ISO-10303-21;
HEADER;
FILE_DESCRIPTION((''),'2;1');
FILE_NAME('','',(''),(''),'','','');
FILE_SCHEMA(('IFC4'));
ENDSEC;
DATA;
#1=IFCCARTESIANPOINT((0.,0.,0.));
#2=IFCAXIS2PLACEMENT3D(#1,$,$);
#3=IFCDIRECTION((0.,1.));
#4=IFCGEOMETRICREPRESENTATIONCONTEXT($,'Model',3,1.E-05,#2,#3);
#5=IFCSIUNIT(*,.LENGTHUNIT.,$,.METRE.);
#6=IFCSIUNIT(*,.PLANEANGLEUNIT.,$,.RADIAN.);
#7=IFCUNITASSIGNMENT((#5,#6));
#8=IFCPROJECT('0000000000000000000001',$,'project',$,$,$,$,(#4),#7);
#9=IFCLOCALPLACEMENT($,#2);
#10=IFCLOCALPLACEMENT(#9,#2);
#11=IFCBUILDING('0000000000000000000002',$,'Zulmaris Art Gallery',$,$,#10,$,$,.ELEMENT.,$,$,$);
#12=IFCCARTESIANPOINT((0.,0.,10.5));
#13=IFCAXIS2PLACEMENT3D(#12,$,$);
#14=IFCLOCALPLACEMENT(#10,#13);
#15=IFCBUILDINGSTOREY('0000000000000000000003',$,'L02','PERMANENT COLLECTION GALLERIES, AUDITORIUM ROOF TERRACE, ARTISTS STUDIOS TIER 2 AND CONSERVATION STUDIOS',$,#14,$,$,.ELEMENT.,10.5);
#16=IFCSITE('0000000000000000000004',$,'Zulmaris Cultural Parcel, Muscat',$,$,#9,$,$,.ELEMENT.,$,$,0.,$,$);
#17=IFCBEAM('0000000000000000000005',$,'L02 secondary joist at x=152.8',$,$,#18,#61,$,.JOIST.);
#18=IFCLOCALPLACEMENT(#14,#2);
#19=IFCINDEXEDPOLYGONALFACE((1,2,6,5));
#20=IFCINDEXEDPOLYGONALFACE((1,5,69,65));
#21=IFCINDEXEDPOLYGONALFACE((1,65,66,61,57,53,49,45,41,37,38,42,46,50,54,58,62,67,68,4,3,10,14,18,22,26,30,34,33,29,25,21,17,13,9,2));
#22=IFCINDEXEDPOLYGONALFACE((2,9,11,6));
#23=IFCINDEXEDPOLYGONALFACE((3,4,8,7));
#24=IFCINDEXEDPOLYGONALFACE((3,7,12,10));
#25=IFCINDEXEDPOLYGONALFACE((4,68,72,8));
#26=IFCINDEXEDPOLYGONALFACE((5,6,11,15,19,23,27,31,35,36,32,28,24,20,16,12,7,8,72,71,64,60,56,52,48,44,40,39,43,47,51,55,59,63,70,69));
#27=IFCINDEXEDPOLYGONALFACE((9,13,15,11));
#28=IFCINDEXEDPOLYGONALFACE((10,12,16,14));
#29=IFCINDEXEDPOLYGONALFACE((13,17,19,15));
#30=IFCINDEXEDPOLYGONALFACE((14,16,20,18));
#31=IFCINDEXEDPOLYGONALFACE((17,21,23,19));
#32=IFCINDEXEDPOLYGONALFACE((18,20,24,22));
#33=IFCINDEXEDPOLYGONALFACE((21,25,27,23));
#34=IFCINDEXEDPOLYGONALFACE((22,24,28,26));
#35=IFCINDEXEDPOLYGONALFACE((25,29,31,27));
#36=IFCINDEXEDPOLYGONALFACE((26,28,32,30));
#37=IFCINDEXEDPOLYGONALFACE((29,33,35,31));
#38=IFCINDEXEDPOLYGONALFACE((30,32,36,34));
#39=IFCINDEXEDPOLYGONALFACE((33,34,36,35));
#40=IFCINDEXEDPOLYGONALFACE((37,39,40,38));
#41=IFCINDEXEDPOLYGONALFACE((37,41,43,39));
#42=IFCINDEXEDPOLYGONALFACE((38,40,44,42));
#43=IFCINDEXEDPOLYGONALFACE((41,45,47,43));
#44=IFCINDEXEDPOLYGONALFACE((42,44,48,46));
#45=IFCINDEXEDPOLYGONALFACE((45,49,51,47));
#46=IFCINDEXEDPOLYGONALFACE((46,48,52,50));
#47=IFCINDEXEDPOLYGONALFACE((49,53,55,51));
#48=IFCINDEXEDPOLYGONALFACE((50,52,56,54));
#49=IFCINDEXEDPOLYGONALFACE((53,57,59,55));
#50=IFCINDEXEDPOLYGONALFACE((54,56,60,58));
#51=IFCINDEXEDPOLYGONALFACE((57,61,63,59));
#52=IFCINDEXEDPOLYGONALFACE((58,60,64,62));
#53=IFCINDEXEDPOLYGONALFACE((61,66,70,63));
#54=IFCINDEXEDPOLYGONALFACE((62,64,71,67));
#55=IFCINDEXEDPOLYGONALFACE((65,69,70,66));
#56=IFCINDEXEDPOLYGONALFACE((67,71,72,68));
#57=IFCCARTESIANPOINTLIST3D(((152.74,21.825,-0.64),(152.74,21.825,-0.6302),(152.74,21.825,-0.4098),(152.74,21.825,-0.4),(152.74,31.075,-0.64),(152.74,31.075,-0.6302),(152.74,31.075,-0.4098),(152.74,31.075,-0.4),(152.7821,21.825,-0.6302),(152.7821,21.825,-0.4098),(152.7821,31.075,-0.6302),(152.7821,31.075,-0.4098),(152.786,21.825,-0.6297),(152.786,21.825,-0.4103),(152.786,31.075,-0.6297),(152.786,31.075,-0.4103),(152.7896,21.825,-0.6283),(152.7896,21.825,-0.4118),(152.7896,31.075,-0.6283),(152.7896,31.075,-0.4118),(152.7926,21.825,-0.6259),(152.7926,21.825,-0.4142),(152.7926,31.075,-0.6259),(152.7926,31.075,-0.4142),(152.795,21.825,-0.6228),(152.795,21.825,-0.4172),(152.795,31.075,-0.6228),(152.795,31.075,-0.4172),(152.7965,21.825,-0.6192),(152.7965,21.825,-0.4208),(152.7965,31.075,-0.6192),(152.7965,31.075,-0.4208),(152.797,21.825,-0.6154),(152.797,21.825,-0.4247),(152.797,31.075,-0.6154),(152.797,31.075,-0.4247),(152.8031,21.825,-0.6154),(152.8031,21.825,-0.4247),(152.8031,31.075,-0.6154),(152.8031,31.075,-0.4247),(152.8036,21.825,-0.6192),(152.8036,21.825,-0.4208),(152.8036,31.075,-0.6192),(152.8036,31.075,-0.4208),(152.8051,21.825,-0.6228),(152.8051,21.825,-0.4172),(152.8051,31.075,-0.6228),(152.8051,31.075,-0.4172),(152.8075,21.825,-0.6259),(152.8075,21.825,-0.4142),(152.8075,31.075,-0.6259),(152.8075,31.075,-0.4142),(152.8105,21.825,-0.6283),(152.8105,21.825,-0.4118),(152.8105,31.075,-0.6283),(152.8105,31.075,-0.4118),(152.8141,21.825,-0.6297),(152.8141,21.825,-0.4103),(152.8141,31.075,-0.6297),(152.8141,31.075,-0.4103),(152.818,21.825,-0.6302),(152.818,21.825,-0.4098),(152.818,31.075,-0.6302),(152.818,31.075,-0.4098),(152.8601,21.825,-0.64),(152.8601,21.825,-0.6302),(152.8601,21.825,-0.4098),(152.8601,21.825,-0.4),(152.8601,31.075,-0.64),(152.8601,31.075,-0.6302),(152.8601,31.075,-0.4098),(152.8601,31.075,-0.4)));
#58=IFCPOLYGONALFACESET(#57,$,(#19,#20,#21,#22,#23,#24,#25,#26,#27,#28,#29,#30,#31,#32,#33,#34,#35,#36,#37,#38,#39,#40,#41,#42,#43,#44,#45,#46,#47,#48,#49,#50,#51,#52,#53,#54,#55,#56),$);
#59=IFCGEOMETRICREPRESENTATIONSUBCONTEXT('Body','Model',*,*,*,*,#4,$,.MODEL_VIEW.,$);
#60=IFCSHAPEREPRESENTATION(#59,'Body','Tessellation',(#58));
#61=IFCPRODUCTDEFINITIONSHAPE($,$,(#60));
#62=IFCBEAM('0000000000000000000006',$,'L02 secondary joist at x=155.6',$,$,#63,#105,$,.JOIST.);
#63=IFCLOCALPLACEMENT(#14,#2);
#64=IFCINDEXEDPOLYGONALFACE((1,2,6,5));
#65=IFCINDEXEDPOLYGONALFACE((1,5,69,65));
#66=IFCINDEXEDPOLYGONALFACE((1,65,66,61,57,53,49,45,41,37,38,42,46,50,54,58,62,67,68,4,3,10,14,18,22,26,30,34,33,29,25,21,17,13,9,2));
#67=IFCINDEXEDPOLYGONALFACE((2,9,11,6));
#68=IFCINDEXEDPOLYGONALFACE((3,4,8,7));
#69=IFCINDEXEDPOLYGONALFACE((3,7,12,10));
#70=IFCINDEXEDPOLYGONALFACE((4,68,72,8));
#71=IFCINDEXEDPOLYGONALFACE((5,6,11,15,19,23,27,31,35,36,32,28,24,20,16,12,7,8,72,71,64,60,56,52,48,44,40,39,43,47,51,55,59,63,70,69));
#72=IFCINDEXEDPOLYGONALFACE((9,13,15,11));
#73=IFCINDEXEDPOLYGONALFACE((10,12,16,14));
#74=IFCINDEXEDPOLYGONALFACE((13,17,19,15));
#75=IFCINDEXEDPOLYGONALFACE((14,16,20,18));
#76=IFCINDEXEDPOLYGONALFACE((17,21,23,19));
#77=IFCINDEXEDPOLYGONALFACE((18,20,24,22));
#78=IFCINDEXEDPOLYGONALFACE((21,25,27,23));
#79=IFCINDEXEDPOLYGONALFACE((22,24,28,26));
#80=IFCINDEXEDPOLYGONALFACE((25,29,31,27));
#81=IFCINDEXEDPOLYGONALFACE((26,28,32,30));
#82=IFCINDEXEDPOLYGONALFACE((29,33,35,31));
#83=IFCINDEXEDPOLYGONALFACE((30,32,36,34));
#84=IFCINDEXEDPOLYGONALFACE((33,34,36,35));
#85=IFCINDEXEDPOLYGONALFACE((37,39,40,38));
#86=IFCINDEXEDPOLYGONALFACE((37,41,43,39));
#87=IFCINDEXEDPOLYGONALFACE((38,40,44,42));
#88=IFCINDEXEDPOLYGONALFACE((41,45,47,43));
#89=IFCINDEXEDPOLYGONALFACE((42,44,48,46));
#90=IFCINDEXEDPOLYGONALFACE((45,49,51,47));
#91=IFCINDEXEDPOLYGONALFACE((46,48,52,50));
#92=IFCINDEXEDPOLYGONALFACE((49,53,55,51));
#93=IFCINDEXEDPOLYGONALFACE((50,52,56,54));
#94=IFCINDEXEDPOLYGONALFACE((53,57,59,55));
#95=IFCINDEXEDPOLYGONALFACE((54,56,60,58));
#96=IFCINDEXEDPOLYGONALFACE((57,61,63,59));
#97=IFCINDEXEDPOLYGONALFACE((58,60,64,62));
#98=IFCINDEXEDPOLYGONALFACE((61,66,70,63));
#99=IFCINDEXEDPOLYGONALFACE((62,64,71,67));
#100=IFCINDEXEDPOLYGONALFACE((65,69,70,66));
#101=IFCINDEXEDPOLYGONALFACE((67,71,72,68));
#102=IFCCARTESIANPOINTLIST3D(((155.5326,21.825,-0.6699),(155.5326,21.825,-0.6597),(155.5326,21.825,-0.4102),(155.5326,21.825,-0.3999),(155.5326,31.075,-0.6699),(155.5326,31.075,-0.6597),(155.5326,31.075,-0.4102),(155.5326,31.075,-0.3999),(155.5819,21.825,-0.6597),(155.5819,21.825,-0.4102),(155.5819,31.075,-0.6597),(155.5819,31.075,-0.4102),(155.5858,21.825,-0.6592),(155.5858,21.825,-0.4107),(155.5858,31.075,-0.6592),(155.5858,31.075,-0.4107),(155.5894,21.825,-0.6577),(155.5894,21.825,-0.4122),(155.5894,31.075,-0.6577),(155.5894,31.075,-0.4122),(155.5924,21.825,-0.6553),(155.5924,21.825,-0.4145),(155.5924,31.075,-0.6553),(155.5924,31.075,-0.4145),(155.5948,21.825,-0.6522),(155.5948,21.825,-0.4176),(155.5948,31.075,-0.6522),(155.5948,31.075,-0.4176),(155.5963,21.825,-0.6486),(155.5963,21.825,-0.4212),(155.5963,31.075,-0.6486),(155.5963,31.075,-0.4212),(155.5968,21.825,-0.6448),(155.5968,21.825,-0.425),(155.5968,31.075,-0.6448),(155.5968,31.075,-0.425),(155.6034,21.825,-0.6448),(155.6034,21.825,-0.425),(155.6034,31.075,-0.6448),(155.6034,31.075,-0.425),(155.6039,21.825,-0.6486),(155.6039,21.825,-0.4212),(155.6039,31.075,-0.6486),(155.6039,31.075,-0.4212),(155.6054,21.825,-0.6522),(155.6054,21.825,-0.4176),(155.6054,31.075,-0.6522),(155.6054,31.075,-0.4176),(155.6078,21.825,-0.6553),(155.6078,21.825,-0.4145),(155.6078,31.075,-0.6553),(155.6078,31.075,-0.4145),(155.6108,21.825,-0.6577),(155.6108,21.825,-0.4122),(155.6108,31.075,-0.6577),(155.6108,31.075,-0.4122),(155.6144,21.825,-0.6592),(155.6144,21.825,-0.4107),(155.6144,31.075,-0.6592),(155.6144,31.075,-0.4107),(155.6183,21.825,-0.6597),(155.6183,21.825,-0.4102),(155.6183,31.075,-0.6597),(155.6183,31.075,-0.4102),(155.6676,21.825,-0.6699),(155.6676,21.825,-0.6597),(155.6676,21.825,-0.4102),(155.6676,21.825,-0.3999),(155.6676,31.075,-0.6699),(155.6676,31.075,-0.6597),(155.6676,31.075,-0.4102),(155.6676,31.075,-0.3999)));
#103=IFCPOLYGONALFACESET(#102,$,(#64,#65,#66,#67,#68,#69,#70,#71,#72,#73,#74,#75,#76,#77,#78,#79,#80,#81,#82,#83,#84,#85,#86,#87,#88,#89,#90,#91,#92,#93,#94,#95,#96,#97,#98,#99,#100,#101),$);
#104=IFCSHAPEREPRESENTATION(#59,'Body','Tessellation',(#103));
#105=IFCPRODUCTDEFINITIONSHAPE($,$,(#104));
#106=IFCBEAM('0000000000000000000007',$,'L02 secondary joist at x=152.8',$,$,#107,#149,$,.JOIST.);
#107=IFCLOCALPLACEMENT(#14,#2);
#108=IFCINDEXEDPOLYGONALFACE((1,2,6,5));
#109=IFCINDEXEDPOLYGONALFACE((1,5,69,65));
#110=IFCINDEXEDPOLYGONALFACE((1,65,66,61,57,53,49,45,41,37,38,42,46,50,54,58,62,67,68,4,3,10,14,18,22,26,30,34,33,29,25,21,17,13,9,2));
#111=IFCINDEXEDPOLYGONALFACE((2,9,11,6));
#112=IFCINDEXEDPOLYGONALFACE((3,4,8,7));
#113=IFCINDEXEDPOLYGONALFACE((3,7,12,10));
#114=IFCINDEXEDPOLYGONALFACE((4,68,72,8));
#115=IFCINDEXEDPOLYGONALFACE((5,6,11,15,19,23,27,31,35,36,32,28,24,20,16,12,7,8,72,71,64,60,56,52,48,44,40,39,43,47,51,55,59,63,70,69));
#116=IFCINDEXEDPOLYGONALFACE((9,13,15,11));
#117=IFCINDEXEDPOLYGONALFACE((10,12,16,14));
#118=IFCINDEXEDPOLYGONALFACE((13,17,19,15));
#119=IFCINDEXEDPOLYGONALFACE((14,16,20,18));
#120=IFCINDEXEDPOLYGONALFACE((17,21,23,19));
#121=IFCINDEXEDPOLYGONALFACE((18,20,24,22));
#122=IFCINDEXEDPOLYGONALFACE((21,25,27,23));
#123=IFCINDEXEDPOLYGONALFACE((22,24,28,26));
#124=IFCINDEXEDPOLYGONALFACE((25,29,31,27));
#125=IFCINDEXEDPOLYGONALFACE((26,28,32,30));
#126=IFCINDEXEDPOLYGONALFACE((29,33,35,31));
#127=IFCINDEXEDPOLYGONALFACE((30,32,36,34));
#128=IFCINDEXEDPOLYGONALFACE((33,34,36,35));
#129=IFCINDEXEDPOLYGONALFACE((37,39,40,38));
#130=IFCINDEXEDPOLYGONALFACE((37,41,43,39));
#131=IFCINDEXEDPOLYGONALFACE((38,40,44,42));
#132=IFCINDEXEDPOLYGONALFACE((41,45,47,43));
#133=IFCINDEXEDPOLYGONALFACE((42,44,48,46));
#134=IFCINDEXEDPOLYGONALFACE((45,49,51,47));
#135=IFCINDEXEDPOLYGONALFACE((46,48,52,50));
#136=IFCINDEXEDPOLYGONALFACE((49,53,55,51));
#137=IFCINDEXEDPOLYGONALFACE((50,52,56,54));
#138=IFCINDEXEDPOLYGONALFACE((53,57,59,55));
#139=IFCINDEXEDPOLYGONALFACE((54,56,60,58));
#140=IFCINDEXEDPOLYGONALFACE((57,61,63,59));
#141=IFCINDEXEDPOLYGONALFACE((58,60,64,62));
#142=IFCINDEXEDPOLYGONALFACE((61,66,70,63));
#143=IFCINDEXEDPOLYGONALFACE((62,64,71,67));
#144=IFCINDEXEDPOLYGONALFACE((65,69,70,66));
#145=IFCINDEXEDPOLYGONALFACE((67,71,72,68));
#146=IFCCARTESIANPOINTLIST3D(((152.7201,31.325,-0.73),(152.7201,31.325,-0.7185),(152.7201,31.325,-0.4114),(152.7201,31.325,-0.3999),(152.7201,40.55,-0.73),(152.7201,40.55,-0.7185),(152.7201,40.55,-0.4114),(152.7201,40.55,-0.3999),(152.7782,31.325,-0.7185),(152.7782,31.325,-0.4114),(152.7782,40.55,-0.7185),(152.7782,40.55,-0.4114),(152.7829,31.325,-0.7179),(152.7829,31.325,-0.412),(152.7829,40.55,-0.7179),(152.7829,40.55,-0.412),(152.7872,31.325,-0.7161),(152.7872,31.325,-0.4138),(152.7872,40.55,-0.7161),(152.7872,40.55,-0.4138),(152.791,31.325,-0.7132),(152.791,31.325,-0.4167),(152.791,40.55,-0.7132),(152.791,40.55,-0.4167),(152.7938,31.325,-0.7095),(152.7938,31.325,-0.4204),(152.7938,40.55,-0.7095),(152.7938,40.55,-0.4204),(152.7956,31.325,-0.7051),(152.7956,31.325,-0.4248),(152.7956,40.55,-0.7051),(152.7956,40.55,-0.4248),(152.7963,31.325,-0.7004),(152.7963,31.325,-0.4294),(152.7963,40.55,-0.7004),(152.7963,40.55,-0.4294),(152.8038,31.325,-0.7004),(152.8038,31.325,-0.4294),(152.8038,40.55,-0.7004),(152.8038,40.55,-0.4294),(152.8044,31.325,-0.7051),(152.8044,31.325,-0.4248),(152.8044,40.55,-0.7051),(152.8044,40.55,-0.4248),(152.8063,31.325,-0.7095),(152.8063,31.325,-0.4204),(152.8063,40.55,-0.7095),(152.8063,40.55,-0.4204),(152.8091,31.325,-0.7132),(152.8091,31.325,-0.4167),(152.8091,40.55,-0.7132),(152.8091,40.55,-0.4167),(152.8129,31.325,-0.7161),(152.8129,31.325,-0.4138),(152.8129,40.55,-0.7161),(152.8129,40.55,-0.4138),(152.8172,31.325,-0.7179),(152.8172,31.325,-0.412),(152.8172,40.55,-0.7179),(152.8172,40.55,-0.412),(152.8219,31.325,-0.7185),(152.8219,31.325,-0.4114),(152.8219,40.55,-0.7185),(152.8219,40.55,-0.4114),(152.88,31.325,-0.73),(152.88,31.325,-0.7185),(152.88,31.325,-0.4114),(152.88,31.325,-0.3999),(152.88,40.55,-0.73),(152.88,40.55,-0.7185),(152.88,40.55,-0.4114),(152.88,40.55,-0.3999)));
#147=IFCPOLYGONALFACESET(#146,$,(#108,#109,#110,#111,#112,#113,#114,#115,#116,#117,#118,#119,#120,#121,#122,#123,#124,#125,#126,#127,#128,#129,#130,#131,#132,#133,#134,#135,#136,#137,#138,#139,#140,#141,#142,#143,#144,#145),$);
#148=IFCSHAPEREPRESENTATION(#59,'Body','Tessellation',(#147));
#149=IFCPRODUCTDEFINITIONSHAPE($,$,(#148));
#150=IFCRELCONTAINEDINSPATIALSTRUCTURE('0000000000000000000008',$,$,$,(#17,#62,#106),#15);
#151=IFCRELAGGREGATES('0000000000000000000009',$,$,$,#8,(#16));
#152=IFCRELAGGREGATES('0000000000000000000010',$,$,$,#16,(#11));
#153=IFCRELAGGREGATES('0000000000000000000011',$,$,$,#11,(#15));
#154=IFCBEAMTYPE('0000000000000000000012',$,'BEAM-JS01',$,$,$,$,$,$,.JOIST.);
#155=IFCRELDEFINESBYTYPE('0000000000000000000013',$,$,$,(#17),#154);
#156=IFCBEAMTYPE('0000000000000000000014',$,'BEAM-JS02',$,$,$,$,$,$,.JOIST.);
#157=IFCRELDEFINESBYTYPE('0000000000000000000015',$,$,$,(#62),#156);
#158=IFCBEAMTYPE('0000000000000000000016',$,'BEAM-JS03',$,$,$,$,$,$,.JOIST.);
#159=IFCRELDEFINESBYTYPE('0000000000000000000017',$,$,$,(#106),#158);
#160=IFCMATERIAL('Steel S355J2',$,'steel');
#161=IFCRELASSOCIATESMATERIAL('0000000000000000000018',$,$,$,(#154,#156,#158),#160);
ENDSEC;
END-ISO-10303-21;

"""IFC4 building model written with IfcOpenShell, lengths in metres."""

from ifc_helpers import new_model, si_unit, direction, frame, origin, origin_2d, place, context, subcontext, project, spatial, i_section, extrude, material, material_profile, profile_set, type_object, element, save


model = new_model("IFC4")

# Units and contexts
model_context = context("Model", 3, precision=1e-05, world=origin(), true_north=direction((0.0, 1.0)))
body_context = subcontext(model_context, "Body", "Model", "MODEL_VIEW")
ifc_project = project(units=[si_unit("LENGTHUNIT", "METRE"), si_unit("PLANEANGLEUNIT", "RADIAN")], contexts=[model_context])

# Site, building, storey
site_placement = place(None, origin())
site = spatial("IfcSite", under=ifc_project, at=site_placement, Name="Zulmaris Cultural Parcel, Muscat", CompositionType="ELEMENT", RefElevation=0.0)
building_placement = place(site_placement, origin())
building = spatial("IfcBuilding", under=site, at=building_placement, Name="Zulmaris Art Gallery", CompositionType="ELEMENT")
storey_placement = place(building_placement, frame((0.0, 0.0, 10.5)))
storey = spatial("IfcBuildingStorey", under=building, at=storey_placement, Name="L02", Description="PERMANENT COLLECTION GALLERIES, AUDITORIUM ROOF TERRACE, ARTISTS STUDIOS TIER 2 AND CONSERVATION STUDIOS", CompositionType="ELEMENT", Elevation=10.5)

# Beams
ifc_material_1 = material(Name="Steel S355J2", Category="steel")
ifc_material_profile_1 = material_profile(ifc_material_1, i_section(OverallWidth=0.1201, OverallDepth=0.24, WebThickness=0.0061, FlangeThickness=0.0098, FilletRadius=0.0149, at=origin_2d()), Name="IPE 240")
ifc_profile_set_1 = profile_set([ifc_material_profile_1], Name="Steel S355J2")
beam_type_1 = type_object("IfcBeamType", Name="BEAM-JS01", PredefinedType="JOIST", material=ifc_profile_set_1)
beam_1_placement = place(storey_placement, frame((152.8, 21.825, -0.52), z_axis=(0.0, 1.0, 0.0), x_axis=(-1.0, 0.0, 0.0)))
element("IfcBeam", 1, at=beam_1_placement, inside=storey, type_object=beam_type_1, Name="L02 secondary joist at x=152.8", PredefinedType="JOIST", context=body_context, shape_type="SweptSolid", body=[
    extrude(i_section(OverallWidth=0.1201, OverallDepth=0.24, WebThickness=0.0061, FlangeThickness=0.0098, FilletRadius=0.0149, at=origin_2d()), origin(), (0.0, 0.0, 1.0), 9.25),
])
ifc_material_profile_2 = material_profile(ifc_material_1, i_section(OverallWidth=0.135, OverallDepth=0.27, WebThickness=0.0066, FlangeThickness=0.0103, FilletRadius=0.0149, at=origin_2d()), Name="IPE 270")
ifc_profile_set_2 = profile_set([ifc_material_profile_2], Name="Steel S355J2")
beam_type_2 = type_object("IfcBeamType", Name="BEAM-JS02", PredefinedType="JOIST", material=ifc_profile_set_2)
beam_2_placement = place(storey_placement, frame((155.6001, 21.825, -0.5349), z_axis=(0.0, 1.0, 0.0), x_axis=(-1.0, 0.0, 0.0)))
element("IfcBeam", 2, at=beam_2_placement, inside=storey, type_object=beam_type_2, Name="L02 secondary joist at x=155.6", PredefinedType="JOIST", context=body_context, shape_type="SweptSolid", body=[
    extrude(i_section(OverallWidth=0.135, OverallDepth=0.27, WebThickness=0.0066, FlangeThickness=0.0103, FilletRadius=0.0149, at=origin_2d()), origin(), (0.0, 0.0, 1.0), 9.25),
])
ifc_material_profile_3 = material_profile(ifc_material_1, i_section(OverallWidth=0.1599, OverallDepth=0.3301, WebThickness=0.0076, FlangeThickness=0.0115, FilletRadius=0.0181, at=origin_2d()), Name="IPE 330")
ifc_profile_set_3 = profile_set([ifc_material_profile_3], Name="Steel S355J2")
beam_type_3 = type_object("IfcBeamType", Name="BEAM-JS03", PredefinedType="JOIST", material=ifc_profile_set_3)
beam_3_placement = place(storey_placement, frame((152.8, 31.325, -0.5649), z_axis=(0.0, 1.0, 0.0), x_axis=(-1.0, 0.0, 0.0)))
element("IfcBeam", 3, at=beam_3_placement, inside=storey, type_object=beam_type_3, Name="L02 secondary joist at x=152.8", PredefinedType="JOIST", context=body_context, shape_type="SweptSolid", body=[
    extrude(i_section(OverallWidth=0.1599, OverallDepth=0.3301, WebThickness=0.0076, FlangeThickness=0.0115, FilletRadius=0.0181, at=origin_2d()), origin(), (0.0, 0.0, 1.0), 9.2251),
])

save(model, "model.ifc")
